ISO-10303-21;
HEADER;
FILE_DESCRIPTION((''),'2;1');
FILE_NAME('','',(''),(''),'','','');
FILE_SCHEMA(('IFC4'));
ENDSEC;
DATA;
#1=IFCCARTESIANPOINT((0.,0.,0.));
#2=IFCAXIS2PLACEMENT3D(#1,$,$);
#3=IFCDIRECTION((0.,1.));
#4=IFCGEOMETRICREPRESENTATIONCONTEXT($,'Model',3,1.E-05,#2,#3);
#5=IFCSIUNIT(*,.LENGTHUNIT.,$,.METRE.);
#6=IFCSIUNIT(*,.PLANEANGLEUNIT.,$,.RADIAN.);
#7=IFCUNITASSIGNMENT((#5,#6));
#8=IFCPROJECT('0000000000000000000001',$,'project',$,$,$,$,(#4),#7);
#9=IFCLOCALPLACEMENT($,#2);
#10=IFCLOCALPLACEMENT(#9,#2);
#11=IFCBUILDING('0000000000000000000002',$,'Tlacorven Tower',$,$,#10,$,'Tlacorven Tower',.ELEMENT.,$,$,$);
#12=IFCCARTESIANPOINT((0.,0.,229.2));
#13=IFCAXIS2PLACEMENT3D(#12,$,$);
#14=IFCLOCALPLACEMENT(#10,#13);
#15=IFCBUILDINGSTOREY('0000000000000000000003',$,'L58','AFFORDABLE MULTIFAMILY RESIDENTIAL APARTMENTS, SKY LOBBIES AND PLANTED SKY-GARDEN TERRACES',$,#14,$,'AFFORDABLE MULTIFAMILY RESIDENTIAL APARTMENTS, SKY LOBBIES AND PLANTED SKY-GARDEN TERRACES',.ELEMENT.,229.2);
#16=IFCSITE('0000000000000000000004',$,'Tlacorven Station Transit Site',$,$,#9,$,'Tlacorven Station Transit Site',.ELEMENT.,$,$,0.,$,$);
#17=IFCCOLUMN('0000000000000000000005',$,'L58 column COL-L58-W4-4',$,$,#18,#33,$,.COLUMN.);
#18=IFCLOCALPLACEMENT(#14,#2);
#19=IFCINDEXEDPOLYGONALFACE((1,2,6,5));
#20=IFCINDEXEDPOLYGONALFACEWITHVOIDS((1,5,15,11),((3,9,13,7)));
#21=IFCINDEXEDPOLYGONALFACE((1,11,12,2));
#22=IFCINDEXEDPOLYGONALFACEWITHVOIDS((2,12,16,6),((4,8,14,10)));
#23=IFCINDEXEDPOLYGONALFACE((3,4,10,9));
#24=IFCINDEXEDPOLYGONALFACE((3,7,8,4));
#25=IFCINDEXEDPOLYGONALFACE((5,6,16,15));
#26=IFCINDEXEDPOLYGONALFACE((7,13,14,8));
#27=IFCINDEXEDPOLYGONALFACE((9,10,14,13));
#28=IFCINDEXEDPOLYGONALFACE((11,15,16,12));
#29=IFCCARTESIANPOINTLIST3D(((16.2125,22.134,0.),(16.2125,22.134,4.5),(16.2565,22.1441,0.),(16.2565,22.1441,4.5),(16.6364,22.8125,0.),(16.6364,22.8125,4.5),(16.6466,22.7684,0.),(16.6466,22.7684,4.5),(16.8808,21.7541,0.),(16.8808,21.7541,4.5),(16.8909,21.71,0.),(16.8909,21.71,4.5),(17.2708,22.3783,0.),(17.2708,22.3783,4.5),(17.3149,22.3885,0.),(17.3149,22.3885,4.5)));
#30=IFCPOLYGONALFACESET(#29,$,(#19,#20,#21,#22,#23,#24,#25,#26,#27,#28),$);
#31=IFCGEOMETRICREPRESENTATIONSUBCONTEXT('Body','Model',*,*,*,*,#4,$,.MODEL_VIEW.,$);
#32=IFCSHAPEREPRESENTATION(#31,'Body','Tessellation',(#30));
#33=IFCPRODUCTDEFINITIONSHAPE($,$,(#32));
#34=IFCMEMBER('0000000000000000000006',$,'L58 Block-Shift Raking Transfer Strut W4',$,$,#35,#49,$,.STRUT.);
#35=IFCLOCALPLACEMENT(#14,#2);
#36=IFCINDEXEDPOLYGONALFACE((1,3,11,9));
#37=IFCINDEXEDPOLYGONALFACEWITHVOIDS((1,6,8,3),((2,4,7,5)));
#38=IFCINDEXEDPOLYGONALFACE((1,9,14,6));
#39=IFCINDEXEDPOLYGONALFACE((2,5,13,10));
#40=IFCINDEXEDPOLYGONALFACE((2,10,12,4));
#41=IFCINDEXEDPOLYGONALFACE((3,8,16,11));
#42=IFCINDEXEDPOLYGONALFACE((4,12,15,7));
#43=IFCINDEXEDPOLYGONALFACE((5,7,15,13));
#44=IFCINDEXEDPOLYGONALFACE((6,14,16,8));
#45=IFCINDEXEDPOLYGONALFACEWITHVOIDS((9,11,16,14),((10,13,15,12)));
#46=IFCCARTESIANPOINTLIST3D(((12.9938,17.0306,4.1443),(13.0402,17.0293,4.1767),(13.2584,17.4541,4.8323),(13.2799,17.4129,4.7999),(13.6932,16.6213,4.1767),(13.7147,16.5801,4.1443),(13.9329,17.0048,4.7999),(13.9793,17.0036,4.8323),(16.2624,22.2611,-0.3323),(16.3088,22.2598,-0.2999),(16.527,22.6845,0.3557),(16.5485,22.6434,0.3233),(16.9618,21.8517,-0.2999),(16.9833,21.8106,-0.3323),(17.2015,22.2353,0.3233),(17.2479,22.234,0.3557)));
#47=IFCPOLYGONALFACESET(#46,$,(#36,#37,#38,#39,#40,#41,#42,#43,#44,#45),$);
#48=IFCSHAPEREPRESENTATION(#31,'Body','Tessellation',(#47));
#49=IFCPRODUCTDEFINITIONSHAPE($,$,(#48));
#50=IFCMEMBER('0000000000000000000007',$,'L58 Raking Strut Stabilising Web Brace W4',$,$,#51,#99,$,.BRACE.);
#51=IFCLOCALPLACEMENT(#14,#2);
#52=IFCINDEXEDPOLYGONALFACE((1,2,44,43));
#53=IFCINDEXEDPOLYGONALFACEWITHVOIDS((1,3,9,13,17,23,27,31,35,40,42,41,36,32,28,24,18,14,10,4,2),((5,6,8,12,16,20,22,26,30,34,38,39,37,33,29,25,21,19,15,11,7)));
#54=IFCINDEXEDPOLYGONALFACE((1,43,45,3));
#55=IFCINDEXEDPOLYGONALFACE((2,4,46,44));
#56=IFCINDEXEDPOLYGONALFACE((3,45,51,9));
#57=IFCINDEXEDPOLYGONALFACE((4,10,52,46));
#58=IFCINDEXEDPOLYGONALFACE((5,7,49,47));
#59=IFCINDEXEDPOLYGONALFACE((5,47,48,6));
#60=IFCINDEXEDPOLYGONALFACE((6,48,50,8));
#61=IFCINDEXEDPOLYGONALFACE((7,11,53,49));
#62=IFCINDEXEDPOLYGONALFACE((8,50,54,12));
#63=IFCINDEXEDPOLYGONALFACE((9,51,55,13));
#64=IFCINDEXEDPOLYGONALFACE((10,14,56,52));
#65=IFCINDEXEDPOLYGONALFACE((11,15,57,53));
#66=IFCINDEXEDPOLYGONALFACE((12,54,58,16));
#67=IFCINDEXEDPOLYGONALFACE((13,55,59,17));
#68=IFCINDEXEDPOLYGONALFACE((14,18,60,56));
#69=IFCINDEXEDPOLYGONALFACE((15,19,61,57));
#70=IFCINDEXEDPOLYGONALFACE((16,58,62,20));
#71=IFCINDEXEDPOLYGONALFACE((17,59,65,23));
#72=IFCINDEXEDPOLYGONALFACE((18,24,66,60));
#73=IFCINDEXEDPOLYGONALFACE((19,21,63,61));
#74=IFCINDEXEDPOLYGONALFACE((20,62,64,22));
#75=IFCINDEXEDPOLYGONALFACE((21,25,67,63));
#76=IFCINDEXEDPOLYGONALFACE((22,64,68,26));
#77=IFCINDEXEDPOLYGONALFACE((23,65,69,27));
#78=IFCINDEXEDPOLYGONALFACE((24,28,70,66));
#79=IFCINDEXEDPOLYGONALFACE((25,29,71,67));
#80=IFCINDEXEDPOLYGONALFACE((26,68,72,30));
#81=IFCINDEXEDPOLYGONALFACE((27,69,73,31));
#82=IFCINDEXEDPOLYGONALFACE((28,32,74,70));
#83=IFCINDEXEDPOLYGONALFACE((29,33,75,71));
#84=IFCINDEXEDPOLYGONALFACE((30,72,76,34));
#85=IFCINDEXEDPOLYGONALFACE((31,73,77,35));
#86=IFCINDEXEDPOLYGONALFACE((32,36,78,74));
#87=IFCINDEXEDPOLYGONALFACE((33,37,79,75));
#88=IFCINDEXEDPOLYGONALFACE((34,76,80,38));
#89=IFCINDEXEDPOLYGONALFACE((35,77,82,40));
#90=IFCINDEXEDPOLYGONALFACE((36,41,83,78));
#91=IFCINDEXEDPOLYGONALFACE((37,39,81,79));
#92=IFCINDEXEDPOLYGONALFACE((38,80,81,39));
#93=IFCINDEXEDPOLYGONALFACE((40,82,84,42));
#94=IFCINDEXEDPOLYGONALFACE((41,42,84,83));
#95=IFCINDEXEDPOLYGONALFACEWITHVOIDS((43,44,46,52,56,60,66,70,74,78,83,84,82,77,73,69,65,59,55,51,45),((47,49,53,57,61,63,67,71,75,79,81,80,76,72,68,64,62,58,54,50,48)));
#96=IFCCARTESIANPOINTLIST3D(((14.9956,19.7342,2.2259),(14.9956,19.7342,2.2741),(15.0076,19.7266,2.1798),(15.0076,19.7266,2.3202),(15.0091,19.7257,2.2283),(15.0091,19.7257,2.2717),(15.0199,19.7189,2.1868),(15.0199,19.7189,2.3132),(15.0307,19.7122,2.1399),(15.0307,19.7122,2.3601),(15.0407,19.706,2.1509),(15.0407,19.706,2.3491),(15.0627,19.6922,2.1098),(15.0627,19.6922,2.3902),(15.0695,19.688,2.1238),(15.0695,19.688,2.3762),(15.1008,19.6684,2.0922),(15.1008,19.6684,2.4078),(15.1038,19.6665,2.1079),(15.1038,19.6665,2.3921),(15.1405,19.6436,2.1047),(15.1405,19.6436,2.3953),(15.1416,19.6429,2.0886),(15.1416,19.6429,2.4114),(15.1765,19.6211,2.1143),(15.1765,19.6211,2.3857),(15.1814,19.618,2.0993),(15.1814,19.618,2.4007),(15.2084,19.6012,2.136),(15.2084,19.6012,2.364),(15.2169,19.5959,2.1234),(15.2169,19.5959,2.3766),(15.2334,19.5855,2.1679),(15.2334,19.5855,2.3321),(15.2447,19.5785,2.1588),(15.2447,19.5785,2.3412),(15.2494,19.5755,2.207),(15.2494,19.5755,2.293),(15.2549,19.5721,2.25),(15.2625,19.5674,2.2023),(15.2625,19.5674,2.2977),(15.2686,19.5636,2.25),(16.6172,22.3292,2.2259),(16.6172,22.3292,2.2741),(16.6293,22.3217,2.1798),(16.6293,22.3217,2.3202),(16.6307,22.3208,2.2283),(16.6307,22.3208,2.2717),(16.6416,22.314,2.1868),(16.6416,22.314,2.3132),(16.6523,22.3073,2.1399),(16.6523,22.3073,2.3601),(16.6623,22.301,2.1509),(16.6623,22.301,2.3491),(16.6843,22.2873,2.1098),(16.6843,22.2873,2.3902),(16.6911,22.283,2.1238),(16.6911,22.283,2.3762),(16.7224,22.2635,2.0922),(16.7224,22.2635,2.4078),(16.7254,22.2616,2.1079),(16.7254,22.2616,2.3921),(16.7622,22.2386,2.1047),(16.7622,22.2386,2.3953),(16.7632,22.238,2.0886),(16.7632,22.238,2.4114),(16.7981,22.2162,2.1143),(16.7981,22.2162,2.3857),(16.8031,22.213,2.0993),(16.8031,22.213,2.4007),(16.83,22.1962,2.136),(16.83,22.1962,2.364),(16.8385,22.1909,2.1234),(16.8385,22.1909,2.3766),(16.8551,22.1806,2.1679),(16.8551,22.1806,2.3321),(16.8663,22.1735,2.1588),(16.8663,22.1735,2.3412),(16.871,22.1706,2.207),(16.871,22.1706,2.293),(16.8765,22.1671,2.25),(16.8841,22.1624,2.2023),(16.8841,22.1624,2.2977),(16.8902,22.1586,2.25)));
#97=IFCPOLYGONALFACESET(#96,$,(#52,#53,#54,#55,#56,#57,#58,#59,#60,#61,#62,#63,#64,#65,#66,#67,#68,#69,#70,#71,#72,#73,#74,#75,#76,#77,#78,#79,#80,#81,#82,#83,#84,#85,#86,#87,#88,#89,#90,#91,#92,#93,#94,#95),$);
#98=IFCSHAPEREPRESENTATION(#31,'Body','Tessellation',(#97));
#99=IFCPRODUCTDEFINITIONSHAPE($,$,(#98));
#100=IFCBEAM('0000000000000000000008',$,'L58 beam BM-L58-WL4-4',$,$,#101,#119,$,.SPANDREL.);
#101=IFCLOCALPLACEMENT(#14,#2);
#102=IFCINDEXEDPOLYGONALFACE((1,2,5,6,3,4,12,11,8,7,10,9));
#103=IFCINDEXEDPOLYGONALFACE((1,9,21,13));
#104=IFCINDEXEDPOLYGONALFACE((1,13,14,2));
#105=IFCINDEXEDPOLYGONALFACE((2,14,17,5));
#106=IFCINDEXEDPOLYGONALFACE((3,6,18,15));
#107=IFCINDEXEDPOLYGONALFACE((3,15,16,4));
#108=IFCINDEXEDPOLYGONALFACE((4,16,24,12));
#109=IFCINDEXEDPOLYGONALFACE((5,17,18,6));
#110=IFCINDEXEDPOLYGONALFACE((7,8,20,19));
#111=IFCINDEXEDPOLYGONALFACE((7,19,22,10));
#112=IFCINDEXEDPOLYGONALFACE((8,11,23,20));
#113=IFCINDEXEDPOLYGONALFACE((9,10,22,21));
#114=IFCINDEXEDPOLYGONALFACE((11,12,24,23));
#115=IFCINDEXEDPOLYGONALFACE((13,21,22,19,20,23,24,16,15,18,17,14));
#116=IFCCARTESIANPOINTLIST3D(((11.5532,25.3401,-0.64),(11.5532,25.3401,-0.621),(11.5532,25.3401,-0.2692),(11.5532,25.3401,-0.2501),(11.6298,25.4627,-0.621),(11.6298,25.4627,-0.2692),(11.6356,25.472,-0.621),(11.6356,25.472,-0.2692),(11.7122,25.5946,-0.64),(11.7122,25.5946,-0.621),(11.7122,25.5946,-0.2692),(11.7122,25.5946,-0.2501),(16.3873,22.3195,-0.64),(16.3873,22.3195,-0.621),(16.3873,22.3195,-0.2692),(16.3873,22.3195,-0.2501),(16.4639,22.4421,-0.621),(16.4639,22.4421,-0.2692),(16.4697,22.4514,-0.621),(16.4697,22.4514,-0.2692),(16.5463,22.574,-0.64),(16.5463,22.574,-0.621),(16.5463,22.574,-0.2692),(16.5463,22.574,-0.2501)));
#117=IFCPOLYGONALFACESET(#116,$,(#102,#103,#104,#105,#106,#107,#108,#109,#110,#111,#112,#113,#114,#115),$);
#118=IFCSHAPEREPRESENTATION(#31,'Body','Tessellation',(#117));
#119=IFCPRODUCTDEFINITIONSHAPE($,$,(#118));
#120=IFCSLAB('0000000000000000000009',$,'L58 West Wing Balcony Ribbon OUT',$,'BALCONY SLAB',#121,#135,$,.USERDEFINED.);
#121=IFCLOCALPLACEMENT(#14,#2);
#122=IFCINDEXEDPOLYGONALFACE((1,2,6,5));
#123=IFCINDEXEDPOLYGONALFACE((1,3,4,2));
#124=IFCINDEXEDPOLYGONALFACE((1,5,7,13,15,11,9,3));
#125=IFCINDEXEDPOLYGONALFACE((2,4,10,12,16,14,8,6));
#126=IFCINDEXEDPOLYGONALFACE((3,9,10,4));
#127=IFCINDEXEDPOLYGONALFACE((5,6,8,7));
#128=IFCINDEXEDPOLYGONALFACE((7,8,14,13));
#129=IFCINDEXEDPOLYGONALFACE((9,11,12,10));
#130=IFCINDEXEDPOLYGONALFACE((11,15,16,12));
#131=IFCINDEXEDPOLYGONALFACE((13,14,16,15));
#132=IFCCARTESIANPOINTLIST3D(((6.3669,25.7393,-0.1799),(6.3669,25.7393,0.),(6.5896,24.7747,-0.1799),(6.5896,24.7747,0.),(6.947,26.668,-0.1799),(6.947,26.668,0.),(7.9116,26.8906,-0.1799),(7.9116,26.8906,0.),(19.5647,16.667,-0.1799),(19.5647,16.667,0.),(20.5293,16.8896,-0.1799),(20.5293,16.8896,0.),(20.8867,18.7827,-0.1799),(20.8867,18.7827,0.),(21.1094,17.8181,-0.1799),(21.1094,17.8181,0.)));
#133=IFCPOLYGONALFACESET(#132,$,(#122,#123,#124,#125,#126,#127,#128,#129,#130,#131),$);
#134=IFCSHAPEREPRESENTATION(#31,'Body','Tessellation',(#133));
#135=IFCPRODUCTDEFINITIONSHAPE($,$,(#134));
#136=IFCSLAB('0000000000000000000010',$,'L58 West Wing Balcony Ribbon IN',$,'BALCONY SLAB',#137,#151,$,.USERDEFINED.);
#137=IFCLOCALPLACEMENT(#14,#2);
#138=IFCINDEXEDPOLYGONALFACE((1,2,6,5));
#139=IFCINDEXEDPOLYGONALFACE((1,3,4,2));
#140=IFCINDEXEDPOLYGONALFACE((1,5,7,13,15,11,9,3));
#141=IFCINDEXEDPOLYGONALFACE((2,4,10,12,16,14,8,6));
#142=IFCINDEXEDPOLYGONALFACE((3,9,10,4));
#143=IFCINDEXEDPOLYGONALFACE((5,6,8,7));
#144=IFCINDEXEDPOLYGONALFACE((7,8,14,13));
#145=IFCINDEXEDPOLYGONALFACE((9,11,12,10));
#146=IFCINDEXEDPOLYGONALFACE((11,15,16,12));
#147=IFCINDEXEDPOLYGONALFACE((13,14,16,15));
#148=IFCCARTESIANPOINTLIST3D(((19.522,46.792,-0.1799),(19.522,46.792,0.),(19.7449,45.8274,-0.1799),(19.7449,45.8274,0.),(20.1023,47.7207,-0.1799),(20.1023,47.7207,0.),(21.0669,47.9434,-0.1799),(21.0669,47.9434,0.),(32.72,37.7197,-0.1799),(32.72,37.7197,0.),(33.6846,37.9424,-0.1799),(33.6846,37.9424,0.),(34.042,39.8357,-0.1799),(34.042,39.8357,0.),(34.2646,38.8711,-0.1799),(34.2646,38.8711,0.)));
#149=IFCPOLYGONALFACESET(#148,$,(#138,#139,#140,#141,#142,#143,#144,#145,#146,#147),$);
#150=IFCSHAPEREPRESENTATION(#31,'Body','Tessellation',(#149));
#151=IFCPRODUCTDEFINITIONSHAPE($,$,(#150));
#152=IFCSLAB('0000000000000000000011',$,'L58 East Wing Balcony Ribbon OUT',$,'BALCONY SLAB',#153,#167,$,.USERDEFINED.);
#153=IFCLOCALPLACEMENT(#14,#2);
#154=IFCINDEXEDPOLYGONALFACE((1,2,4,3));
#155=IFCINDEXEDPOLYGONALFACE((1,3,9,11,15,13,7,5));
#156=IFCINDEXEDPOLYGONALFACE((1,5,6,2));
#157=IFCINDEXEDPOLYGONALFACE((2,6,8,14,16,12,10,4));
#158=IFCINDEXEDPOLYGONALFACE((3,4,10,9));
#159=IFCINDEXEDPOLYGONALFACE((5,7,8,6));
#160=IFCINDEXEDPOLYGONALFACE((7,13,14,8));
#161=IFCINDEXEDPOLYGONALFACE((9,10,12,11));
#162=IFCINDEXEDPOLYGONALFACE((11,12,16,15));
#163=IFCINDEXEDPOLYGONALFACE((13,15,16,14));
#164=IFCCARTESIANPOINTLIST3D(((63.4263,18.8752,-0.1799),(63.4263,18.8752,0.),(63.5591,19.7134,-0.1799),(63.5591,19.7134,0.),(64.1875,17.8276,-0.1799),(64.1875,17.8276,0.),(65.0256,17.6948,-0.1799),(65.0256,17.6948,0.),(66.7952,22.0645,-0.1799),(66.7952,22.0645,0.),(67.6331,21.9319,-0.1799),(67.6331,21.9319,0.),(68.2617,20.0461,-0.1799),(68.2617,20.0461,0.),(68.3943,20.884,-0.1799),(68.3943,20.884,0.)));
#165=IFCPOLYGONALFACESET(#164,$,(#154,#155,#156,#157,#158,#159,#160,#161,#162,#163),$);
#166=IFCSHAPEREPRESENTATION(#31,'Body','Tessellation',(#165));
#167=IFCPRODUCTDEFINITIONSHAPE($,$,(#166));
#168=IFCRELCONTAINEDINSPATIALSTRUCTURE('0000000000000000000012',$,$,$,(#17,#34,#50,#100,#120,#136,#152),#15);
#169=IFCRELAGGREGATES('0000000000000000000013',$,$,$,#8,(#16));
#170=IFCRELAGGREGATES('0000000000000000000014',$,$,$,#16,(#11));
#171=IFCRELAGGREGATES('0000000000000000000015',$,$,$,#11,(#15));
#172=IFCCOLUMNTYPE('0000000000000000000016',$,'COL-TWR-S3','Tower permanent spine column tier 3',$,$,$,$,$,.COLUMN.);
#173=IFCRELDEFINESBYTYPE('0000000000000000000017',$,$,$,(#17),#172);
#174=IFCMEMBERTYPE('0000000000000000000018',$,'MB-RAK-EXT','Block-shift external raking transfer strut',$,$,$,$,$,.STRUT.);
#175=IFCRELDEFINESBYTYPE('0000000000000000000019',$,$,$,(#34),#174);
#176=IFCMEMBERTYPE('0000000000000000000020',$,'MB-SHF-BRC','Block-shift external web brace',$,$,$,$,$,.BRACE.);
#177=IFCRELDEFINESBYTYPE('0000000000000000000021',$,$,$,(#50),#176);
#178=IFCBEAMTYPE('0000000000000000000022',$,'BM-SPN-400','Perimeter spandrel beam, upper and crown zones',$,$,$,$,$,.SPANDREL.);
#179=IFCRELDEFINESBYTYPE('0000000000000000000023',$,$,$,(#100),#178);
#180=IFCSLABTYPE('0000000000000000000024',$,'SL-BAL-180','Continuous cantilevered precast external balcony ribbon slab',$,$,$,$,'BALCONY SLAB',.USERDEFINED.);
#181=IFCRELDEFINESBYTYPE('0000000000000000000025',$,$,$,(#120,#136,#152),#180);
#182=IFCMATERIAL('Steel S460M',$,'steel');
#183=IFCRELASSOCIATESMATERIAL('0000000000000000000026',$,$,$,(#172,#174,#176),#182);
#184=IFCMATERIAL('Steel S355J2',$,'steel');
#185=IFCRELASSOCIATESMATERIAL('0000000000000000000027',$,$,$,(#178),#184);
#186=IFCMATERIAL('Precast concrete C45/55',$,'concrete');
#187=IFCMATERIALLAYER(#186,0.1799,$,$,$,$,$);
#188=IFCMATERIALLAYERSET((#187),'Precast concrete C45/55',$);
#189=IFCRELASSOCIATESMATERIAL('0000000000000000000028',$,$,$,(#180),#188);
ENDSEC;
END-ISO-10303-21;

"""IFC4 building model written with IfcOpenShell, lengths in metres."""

from ifc_helpers import new_model, si_unit, direction, frame, origin, origin_2d, place, context, subcontext, project, spatial, polyline, hollow_rectangle, hollow_circle, i_section, outline, extrude, source, transform, mapped, material, layer, layer_set, material_profile, profile_set, type_object, element, save


model = new_model("IFC4")

# Units and contexts
model_context = context("Model", 3, precision=1e-05, world=origin(), true_north=direction((0.0, 1.0)))
body_context = subcontext(model_context, "Body", "Model", "MODEL_VIEW")
ifc_project = project(units=[si_unit("LENGTHUNIT", "METRE"), si_unit("PLANEANGLEUNIT", "RADIAN")], contexts=[model_context])

# Site, building, storey
site_placement = place(None, origin())
site = spatial("IfcSite", under=ifc_project, at=site_placement, Name="Tlacorven Station Transit Site", LongName="Tlacorven Station Transit Site", CompositionType="ELEMENT", RefElevation=0.0)
building_placement = place(site_placement, origin())
building = spatial("IfcBuilding", under=site, at=building_placement, Name="Tlacorven Tower", LongName="Tlacorven Tower", CompositionType="ELEMENT")
storey_placement = place(building_placement, frame((0.0, 0.0, 229.2)))
storey = spatial("IfcBuildingStorey", under=building, at=storey_placement, Name="L58", Description="AFFORDABLE MULTIFAMILY RESIDENTIAL APARTMENTS, SKY LOBBIES AND PLANTED SKY-GARDEN TERRACES", LongName="AFFORDABLE MULTIFAMILY RESIDENTIAL APARTMENTS, SKY LOBBIES AND PLANTED SKY-GARDEN TERRACES", CompositionType="ELEMENT", Elevation=229.2)

# Column
ifc_material_1 = material(Name="Steel S460M", Category="steel")
ifc_material_profile_1 = material_profile(ifc_material_1, hollow_rectangle(XDim=0.8, YDim=0.8, WallThickness=0.032, at=origin_2d()), Name="BOX 800X800X32")
ifc_profile_set_1 = profile_set([ifc_material_profile_1], Name="Steel S460M")
column_type = type_object("IfcColumnType", Name="COL-TWR-S3", Description="Tower permanent spine column tier 3", PredefinedType="COLUMN", material=ifc_profile_set_1)
shared_shape_1 = source(origin(), body_context, "Body", "SweptSolid", [
    extrude(hollow_rectangle(XDim=0.8, YDim=0.8, WallThickness=0.032, at=origin_2d()), origin(), (0.0, 0.0, 1.0), 4.5),
])
column_placement = place(storey_placement, frame((16.7637, 22.2612, 0.0), z_axis=(0.0, 0.0, 1.0), x_axis=(-0.848048, 0.529919, 0.0)))
element("IfcColumn", 1, at=column_placement, inside=storey, type_object=column_type, Name="L58 column COL-L58-W4-4", PredefinedType="COLUMN", context=body_context, shape_type="MappedRepresentation", body=[
    mapped(shared_shape_1, transform((0.0, 0.0, 0.0), scale=1.0)),
])

# Members
ifc_material_profile_2 = material_profile(ifc_material_1, hollow_rectangle(XDim=0.8501, YDim=0.8501, WallThickness=0.04, at=origin_2d()), Name="BOX 850X850X40")
ifc_profile_set_2 = profile_set([ifc_material_profile_2], Name="Steel S460M")
member_type_1 = type_object("IfcMemberType", Name="MB-RAK-EXT", Description="Block-shift external raking transfer strut", PredefinedType="STRUT", material=ifc_profile_set_2)
shared_shape_2 = source(origin(), body_context, "Body", "SweptSolid", [
    extrude(hollow_rectangle(XDim=0.8501, YDim=0.8501, WallThickness=0.04, at=origin_2d()), origin(), (0.0, 0.0, 1.0), 7.6211),
])
member_1_placement = place(storey_placement, frame((16.7551, 22.2476, 0.0117), z_axis=(-0.428883, -0.686316, 0.587392), x_axis=(0.848034, -0.529942, 0.0)))
element("IfcMember", 2, at=member_1_placement, inside=storey, type_object=member_type_1, Name="L58 Block-Shift Raking Transfer Strut W4", PredefinedType="STRUT", context=body_context, shape_type="MappedRepresentation", body=[
    mapped(shared_shape_2, transform((0.0, 0.0, 0.0), scale=1.0)),
])
ifc_material_profile_3 = material_profile(ifc_material_1, hollow_circle(Radius=0.1619, WallThickness=0.0161, at=origin_2d()), Name="CHS 323.9X16")
ifc_profile_set_3 = profile_set([ifc_material_profile_3], Name="Steel S460M")
member_type_2 = type_object("IfcMemberType", Name="MB-SHF-BRC", Description="Block-shift external web brace", PredefinedType="BRACE", material=ifc_profile_set_3)
shared_shape_3 = source(origin(), body_context, "Body", "SweptSolid", [
    extrude(hollow_circle(Radius=0.1619, WallThickness=0.0161, at=origin_2d()), origin(), (0.0, 0.0, 1.0), 3.0601),
])
member_2_placement = place(storey_placement, frame((16.7529, 22.2444, 2.25), z_axis=(-0.529934, -0.848039, 0.0), x_axis=(0.848039, -0.529934, 0.0)))
element("IfcMember", 3, at=member_2_placement, inside=storey, type_object=member_type_2, Name="L58 Raking Strut Stabilising Web Brace W4", PredefinedType="BRACE", context=body_context, shape_type="MappedRepresentation", body=[
    mapped(shared_shape_3, transform((0.0, 0.0, 0.0), scale=1.0)),
])

# Beam
ifc_material_2 = material(Name="Steel S355J2", Category="steel")
ifc_material_profile_4 = material_profile(ifc_material_2, i_section(OverallWidth=0.3, OverallDepth=0.3899, WebThickness=0.011, FlangeThickness=0.019, at=origin_2d()), Name="HEA 400")
ifc_profile_set_4 = profile_set([ifc_material_profile_4], Name="Steel S355J2")
beam_type = type_object("IfcBeamType", Name="BM-SPN-400", Description="Perimeter spandrel beam, upper and crown zones", PredefinedType="SPANDREL", material=ifc_profile_set_4)
shared_shape_4 = source(origin(), body_context, "Body", "SweptSolid", [
    extrude(i_section(OverallWidth=0.3, OverallDepth=0.3899, WebThickness=0.011, FlangeThickness=0.019, at=origin_2d()), origin(), (0.0, 0.0, 1.0), 5.7002),
])
beam_placement = place(storey_placement, frame((16.4668, 22.4468, -0.4451), z_axis=(-0.848056, 0.529907, 0.0), x_axis=(-0.529907, -0.848056, 0.0)))
element("IfcBeam", 4, at=beam_placement, inside=storey, type_object=beam_type, Name="L58 beam BM-L58-WL4-4", PredefinedType="SPANDREL", context=body_context, shape_type="MappedRepresentation", body=[
    mapped(shared_shape_4, transform((0.0, 0.0, 0.0), scale=1.0)),
])

# Slabs
ifc_material_3 = material(Name="Precast concrete C45/55", Category="concrete")
ifc_layer_1 = layer(ifc_material_3, 0.1799)
ifc_layer_set_1 = layer_set([ifc_layer_1], Name="Precast concrete C45/55")
slab_type_1 = type_object("IfcSlabType", Name="SL-BAL-180", Description="Continuous cantilevered precast external balcony ribbon slab", ElementType="BALCONY SLAB", PredefinedType="USERDEFINED", material=ifc_layer_set_1)
slab_1_placement = place(storey_placement, frame((0.0, 0.0, -0.1799)))
element("IfcSlab", 5, at=slab_1_placement, inside=storey, type_object=slab_type_1, Name="L58 West Wing Balcony Ribbon OUT", ObjectType="BALCONY SLAB", PredefinedType="USERDEFINED", context=body_context, shape_type="SweptSolid", body=[
    extrude(outline(polyline([(20.8867, 18.7827), (7.9116, 26.8906), (6.947, 26.668), (6.3669, 25.7393), (6.5896, 24.7747), (19.5647, 16.667), (20.5293, 16.8896), (21.1094, 17.8181), (20.8867, 18.7827)])), origin(), (0.0, 0.0, 1.0), 0.1799),
])
slab_2_placement = place(storey_placement, frame((0.0, 0.0, -0.1799)))
element("IfcSlab", 6, at=slab_2_placement, inside=storey, type_object=slab_type_1, Name="L58 West Wing Balcony Ribbon IN", ObjectType="BALCONY SLAB", PredefinedType="USERDEFINED", context=body_context, shape_type="SweptSolid", body=[
    extrude(outline(polyline([(34.042, 39.8357), (21.0669, 47.9434), (20.1023, 47.7207), (19.522, 46.792), (19.7449, 45.8274), (32.72, 37.7197), (33.6846, 37.9424), (34.2646, 38.8711), (34.042, 39.8357)])), origin(), (0.0, 0.0, 1.0), 0.1799),
])
slab_3_placement = place(storey_placement, frame((0.0, 0.0, -0.1799)))
element("IfcSlab", 7, at=slab_3_placement, inside=storey, type_object=slab_type_1, Name="L58 East Wing Balcony Ribbon OUT", ObjectType="BALCONY SLAB", PredefinedType="USERDEFINED", context=body_context, shape_type="SweptSolid", body=[
    extrude(outline(polyline([(65.0256, 17.6948), (68.2617, 20.0461), (68.3943, 20.884), (67.6331, 21.9319), (66.7952, 22.0645), (63.5591, 19.7134), (63.4263, 18.8752), (64.1875, 17.8276), (65.0256, 17.6948)])), origin(), (0.0, 0.0, 1.0), 0.1799),
])

save(model, "model.ifc")
